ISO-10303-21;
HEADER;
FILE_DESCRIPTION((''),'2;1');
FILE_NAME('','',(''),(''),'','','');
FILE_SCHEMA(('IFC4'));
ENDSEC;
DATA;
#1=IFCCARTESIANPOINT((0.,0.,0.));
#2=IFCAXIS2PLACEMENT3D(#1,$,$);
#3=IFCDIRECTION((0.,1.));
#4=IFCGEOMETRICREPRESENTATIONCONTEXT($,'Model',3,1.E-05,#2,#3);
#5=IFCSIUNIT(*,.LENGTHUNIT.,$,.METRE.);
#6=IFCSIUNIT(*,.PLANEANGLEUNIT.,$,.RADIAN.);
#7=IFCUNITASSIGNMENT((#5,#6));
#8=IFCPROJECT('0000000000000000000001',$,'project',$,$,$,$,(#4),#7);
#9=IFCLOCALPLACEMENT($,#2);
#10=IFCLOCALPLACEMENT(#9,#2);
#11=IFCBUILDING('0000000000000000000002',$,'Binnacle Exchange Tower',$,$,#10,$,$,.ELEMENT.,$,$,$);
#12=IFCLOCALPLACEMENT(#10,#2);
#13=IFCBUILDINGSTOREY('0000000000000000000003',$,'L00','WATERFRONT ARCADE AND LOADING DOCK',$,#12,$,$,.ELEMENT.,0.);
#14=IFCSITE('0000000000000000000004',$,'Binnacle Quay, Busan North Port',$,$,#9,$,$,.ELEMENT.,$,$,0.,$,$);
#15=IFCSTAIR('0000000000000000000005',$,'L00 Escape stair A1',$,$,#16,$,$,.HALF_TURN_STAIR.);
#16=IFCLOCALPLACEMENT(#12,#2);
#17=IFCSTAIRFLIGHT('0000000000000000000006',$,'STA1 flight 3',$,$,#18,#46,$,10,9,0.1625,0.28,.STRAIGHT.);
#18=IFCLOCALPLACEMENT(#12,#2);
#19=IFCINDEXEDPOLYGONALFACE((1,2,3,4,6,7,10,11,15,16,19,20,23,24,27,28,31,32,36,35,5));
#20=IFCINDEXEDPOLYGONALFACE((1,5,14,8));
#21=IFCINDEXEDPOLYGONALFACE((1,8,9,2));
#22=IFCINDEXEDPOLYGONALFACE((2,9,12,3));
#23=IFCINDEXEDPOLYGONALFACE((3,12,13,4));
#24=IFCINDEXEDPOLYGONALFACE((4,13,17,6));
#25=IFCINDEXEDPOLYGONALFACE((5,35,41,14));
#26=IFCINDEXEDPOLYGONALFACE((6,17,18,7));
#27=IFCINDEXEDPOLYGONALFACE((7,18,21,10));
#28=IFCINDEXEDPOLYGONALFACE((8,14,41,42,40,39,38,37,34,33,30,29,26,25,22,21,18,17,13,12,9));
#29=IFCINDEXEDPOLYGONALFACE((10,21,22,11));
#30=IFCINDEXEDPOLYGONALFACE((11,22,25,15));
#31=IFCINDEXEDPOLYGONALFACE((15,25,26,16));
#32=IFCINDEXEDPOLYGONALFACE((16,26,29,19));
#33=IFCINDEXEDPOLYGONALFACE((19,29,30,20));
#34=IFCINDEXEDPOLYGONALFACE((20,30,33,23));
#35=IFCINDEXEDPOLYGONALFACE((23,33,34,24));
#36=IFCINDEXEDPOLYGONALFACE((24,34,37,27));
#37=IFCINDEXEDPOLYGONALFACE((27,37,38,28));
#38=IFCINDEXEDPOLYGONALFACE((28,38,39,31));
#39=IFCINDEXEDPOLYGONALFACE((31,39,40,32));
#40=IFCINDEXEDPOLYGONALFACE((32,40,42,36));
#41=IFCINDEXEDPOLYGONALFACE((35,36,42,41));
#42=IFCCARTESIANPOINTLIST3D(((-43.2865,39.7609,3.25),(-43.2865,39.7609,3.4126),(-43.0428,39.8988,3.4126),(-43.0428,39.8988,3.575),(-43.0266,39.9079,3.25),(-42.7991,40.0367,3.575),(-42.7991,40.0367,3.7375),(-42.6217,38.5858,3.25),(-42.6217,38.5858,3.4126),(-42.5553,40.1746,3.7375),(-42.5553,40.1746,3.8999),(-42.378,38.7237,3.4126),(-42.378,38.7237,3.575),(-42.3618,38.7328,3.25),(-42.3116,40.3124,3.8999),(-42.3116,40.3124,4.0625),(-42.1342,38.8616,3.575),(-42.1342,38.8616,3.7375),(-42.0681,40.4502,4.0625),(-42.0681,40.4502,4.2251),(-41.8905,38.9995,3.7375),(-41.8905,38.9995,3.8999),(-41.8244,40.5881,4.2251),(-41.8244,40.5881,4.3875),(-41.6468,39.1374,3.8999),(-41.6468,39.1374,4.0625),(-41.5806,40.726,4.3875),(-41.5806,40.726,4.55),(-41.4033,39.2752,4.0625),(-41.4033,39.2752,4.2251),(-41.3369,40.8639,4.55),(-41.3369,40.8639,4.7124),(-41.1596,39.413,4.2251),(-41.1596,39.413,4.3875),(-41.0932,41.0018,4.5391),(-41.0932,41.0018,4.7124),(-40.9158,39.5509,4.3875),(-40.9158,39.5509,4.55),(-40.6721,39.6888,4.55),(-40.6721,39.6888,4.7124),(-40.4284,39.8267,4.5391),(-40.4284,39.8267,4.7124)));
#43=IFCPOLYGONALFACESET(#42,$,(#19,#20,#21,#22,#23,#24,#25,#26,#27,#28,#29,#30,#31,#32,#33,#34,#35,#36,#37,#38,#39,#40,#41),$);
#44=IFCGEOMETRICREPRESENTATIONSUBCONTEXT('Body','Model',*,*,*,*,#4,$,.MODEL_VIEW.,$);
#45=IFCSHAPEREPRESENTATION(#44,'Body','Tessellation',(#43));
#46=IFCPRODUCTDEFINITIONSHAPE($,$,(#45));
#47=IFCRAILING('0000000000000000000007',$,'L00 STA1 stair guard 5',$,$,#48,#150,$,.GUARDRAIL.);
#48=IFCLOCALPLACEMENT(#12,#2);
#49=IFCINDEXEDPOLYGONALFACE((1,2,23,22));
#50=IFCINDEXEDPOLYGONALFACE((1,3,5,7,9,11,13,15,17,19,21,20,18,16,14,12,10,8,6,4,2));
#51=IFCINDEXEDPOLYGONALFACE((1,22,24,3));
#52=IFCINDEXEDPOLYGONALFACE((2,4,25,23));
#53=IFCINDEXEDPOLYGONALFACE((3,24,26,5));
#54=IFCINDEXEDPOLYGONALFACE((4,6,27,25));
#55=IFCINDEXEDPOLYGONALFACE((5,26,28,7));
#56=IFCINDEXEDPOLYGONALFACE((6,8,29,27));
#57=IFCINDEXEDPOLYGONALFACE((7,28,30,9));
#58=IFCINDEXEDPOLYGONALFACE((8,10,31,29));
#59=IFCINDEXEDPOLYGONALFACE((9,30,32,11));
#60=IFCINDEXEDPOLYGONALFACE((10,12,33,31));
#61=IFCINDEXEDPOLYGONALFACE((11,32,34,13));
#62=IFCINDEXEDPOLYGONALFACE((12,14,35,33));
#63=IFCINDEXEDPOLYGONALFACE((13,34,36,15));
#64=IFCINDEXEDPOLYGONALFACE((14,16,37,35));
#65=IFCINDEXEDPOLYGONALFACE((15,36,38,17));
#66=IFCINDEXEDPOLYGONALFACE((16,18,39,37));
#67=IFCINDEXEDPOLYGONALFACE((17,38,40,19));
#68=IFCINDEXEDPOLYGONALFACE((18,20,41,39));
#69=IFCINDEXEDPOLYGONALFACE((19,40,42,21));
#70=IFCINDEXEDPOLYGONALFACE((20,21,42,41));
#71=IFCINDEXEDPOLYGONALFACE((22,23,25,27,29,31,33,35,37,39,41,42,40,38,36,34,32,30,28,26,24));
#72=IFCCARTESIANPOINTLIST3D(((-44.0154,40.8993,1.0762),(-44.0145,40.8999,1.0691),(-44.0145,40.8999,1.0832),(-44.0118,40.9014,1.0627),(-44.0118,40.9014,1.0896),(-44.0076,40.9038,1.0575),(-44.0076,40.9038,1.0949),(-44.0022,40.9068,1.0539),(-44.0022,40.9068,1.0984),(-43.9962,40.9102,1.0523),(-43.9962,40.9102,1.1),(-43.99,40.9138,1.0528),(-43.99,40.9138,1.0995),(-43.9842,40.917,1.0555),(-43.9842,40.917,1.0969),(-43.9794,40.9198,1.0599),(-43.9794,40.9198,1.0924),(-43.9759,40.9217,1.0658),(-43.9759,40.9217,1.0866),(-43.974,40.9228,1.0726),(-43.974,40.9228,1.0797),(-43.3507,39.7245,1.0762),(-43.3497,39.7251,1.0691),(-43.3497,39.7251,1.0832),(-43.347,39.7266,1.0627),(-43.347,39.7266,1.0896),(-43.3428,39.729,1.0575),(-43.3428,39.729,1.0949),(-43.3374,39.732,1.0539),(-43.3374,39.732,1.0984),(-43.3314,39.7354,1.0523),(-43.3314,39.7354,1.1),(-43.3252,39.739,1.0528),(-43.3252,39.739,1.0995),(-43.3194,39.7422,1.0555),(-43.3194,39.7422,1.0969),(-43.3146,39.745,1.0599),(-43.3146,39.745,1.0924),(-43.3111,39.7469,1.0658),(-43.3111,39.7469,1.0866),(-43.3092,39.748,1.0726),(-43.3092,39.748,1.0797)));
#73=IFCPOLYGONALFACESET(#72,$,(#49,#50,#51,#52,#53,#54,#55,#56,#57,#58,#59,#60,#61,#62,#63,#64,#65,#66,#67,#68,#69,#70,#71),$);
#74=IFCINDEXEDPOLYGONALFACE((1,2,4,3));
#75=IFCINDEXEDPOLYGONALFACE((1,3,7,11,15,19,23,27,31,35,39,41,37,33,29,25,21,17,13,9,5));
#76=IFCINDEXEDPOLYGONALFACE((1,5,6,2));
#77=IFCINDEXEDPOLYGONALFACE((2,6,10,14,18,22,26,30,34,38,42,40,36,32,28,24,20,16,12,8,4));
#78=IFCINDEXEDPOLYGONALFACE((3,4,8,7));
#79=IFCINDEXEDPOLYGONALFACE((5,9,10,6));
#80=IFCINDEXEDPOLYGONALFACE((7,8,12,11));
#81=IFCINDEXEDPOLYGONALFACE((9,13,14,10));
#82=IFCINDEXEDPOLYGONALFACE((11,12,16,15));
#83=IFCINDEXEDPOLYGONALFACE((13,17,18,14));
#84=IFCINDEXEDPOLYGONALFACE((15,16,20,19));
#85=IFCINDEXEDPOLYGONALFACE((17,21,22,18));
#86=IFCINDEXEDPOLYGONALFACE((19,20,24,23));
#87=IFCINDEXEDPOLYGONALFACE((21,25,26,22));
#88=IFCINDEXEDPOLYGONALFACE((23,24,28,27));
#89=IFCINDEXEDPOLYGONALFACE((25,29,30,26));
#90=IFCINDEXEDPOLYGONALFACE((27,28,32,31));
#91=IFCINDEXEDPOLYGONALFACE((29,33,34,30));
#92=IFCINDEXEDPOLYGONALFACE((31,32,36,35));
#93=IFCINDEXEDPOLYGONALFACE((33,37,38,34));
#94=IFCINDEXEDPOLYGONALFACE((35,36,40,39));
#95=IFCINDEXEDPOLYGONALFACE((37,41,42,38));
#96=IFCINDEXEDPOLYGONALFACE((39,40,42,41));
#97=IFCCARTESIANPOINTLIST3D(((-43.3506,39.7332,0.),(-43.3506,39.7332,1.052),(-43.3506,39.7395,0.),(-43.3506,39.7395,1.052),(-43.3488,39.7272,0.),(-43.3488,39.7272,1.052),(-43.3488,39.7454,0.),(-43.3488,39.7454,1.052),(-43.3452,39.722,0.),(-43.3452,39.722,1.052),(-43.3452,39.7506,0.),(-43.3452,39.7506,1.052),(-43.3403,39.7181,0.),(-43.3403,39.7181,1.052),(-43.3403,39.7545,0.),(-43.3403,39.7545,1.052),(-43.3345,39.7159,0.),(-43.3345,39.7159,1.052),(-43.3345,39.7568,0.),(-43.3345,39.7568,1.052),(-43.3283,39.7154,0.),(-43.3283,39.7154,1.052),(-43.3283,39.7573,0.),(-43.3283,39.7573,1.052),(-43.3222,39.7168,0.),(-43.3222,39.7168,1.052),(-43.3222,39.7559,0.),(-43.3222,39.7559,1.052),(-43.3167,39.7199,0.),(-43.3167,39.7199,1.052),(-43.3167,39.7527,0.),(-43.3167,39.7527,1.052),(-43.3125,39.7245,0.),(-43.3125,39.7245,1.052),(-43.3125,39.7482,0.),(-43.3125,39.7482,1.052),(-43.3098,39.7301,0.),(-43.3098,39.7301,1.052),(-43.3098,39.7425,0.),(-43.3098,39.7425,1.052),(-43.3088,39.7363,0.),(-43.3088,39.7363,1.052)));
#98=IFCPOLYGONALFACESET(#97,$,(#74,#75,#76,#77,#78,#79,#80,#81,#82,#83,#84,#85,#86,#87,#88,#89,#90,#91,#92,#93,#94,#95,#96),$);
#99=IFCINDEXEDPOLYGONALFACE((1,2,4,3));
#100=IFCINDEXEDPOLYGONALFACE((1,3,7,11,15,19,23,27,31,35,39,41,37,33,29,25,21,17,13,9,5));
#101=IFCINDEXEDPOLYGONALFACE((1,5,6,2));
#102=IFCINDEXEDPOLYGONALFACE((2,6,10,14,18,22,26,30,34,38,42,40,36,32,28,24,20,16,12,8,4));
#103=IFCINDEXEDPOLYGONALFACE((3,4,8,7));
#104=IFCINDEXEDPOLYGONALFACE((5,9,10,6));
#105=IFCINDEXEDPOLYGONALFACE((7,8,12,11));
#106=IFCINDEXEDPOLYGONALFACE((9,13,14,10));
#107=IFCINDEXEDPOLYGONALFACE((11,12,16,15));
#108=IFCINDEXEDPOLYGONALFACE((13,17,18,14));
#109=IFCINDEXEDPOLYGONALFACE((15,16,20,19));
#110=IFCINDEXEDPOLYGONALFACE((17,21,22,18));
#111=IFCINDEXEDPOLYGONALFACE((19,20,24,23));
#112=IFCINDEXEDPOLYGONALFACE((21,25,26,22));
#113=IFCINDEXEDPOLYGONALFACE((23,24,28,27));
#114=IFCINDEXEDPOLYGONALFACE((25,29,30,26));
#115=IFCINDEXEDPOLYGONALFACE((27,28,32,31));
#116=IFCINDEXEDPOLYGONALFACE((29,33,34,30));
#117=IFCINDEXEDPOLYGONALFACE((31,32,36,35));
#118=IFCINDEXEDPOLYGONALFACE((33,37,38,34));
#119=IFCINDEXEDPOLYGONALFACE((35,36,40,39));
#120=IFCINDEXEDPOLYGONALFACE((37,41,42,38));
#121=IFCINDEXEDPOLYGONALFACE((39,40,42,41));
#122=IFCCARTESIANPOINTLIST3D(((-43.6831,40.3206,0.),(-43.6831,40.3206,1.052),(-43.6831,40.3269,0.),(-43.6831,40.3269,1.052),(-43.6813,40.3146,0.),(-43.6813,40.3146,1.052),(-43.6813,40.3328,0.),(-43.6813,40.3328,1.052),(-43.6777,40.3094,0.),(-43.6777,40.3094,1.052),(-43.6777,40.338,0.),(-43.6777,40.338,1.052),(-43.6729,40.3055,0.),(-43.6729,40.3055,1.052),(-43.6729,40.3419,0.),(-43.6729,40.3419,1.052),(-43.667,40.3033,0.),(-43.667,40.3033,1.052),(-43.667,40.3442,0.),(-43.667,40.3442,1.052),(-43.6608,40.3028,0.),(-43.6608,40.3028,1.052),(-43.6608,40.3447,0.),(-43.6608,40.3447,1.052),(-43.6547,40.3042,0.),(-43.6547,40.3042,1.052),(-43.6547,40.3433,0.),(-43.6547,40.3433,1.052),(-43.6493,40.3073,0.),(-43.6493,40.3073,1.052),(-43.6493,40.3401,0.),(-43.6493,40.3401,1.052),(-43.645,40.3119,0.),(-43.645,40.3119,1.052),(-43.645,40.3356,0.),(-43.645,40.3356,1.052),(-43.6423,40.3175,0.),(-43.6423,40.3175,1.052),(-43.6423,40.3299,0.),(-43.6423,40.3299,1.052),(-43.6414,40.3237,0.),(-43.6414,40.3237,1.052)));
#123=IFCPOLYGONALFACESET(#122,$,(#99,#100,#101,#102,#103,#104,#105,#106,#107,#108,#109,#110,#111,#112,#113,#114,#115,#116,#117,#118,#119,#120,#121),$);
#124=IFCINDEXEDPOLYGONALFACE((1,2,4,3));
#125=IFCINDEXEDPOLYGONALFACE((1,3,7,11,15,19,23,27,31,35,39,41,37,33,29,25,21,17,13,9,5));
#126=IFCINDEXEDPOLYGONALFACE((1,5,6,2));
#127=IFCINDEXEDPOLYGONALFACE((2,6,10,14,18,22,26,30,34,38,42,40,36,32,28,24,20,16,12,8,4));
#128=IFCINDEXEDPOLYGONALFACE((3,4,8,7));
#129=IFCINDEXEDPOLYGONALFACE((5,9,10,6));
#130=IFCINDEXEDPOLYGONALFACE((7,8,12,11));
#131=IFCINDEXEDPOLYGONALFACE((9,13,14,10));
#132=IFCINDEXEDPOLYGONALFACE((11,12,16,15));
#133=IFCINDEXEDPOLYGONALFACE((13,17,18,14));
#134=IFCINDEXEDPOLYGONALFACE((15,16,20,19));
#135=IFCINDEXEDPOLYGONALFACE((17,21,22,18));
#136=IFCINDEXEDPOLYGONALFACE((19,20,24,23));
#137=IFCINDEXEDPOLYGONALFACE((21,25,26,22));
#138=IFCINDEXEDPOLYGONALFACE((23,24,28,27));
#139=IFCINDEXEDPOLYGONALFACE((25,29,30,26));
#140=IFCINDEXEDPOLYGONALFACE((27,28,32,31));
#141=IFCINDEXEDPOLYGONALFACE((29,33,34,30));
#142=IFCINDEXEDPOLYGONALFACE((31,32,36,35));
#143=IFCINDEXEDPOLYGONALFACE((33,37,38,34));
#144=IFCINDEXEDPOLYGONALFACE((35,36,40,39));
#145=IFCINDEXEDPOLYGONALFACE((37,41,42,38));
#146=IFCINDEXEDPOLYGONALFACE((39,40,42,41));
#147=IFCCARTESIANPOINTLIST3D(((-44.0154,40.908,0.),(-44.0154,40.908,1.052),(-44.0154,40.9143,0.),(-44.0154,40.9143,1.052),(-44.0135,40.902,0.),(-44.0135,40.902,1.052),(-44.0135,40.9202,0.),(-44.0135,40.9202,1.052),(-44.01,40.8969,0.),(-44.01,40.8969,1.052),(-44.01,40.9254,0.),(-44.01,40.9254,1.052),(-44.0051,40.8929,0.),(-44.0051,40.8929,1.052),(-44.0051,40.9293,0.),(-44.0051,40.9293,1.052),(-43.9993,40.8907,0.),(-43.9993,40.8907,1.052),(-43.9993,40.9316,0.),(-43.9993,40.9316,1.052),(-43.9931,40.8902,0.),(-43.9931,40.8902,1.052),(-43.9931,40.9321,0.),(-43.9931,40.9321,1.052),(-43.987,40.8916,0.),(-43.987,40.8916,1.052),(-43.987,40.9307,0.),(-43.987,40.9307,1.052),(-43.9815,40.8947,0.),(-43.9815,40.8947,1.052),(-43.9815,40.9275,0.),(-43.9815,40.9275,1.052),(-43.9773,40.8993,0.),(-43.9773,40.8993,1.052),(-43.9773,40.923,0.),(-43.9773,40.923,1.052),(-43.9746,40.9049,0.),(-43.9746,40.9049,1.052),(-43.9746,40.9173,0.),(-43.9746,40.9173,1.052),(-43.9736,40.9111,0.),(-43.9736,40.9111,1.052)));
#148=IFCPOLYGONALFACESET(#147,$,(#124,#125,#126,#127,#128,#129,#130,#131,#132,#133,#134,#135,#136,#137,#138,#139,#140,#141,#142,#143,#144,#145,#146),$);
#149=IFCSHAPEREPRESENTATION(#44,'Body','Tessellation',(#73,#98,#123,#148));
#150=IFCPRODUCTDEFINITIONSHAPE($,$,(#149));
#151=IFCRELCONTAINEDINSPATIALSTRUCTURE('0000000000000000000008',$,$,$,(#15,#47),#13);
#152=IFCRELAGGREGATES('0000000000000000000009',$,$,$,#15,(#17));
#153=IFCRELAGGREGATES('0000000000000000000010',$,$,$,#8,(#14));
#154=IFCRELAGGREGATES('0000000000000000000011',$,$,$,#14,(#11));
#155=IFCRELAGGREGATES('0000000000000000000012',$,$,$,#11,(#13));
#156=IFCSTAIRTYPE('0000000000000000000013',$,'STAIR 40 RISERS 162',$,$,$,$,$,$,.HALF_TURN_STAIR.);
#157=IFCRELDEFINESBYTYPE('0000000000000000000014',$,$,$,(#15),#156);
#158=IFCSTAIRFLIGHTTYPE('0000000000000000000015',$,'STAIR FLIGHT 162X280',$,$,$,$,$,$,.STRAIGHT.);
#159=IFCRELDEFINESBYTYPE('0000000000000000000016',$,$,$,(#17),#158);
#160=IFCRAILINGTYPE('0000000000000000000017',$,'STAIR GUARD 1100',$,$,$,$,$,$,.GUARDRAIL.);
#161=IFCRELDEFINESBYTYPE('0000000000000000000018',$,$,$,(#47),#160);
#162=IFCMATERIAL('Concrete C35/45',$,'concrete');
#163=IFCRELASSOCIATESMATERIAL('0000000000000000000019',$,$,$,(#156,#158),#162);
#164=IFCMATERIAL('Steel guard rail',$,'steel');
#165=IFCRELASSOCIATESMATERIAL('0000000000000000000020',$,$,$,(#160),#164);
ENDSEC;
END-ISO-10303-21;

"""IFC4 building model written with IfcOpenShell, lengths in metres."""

from ifc_helpers import new_model, si_unit, direction, frame, origin, origin_2d, place, context, subcontext, project, spatial, polyline, circle, outline, extrude, material, type_object, element, aggregate, save


model = new_model("IFC4")

# Units and contexts
model_context = context("Model", 3, precision=1e-05, world=origin(), true_north=direction((0.0, 1.0)))
body_context = subcontext(model_context, "Body", "Model", "MODEL_VIEW")
ifc_project = project(units=[si_unit("LENGTHUNIT", "METRE"), si_unit("PLANEANGLEUNIT", "RADIAN")], contexts=[model_context])

# Site, building, storey
site_placement = place(None, origin())
site = spatial("IfcSite", under=ifc_project, at=site_placement, Name="Binnacle Quay, Busan North Port", CompositionType="ELEMENT", RefElevation=0.0)
building_placement = place(site_placement, origin())
building = spatial("IfcBuilding", under=site, at=building_placement, Name="Binnacle Exchange Tower", CompositionType="ELEMENT")
storey_placement = place(building_placement, origin())
storey = spatial("IfcBuildingStorey", under=building, at=storey_placement, Name="L00", Description="WATERFRONT ARCADE AND LOADING DOCK", CompositionType="ELEMENT", Elevation=0.0)

# Stair, stair flight
ifc_material_1 = material(Name="Concrete C35/45", Category="concrete")
stair_type = type_object("IfcStairType", Name="STAIR 40 RISERS 162", PredefinedType="HALF_TURN_STAIR", material=ifc_material_1)
stair_placement = place(storey_placement, origin())
stair = element("IfcStair", 1, at=stair_placement, inside=storey, type_object=stair_type, Name="L00 Escape stair A1", PredefinedType="HALF_TURN_STAIR")
stair_flight_type = type_object("IfcStairFlightType", Name="STAIR FLIGHT 162X280", PredefinedType="STRAIGHT", material=ifc_material_1)
stair_flight_1_placement = place(storey_placement, frame((-42.9541, 39.1733, 3.25), z_axis=(0.0, 0.0, 1.0), x_axis=(0.870356, 0.492424, 0.0)))
stair_flight_1 = element("IfcStairFlight", 2, at=stair_flight_1_placement, type_object=stair_flight_type, Name="STA1 flight 3", NumberOfRisers=10, NumberOfTreads=9, PredefinedType="STRAIGHT", RiserHeight=0.1625, TreadLength=0.28, context=body_context, shape_type="SweptSolid", body=[
    extrude(outline(polyline([(0.0, 0.0), (0.0, 0.1626), (0.28, 0.1626), (0.28, 0.325), (0.5601, 0.325), (0.5601, 0.4875), (0.8401, 0.4875), (0.8401, 0.6499), (1.1201, 0.6499), (1.1201, 0.8125), (1.3999, 0.8125), (1.3999, 0.9751), (1.6799, 0.9751), (1.6799, 1.1375), (1.96, 1.1375), (1.96, 1.3), (2.24, 1.3), (2.24, 1.4624), (2.52, 1.4624), (2.52, 1.625), (2.52, 1.2891), (0.2986, 0.0), (0.0, 0.0)])), frame((0.0, 0.675, 0.0), z_axis=(0.0, -1.0, 0.0), x_axis=(1.0, 0.0, 0.0)), (0.0, 0.0, 1.0), 1.3501),
])
aggregate(stair, [stair_flight_1])

# Railing
ifc_material_2 = material(Name="Steel guard rail", Category="steel")
railing_type_1 = type_object("IfcRailingType", Name="STAIR GUARD 1100", PredefinedType="GUARDRAIL", material=ifc_material_2)
railing_1_placement = place(storey_placement, frame((-43.3298, 39.7363, 0.0)))
element("IfcRailing", 3, at=railing_1_placement, inside=storey, type_object=railing_type_1, Name="L00 STA1 stair guard 5", PredefinedType="GUARDRAIL", context=body_context, shape_type="SweptSolid", body=[
    extrude(circle(Radius=0.0239, at=origin_2d()), frame((0.0, 0.0, 1.0762), z_axis=(-0.492492, 0.870317, 0.0), x_axis=(-0.870317, -0.492492, 0.0)), (0.0, 0.0, 1.0), 1.3499),
    extrude(circle(Radius=0.021, at=origin_2d()), origin(), (0.0, 0.0, 1.0), 1.052),
    extrude(circle(Radius=0.021, at=origin_2d()), frame((-0.3325, 0.5874, 0.0)), (0.0, 0.0, 1.0), 1.052),
    extrude(circle(Radius=0.021, at=origin_2d()), frame((-0.6648, 1.1748, 0.0)), (0.0, 0.0, 1.0), 1.052),
])

save(model, "model.ifc")
